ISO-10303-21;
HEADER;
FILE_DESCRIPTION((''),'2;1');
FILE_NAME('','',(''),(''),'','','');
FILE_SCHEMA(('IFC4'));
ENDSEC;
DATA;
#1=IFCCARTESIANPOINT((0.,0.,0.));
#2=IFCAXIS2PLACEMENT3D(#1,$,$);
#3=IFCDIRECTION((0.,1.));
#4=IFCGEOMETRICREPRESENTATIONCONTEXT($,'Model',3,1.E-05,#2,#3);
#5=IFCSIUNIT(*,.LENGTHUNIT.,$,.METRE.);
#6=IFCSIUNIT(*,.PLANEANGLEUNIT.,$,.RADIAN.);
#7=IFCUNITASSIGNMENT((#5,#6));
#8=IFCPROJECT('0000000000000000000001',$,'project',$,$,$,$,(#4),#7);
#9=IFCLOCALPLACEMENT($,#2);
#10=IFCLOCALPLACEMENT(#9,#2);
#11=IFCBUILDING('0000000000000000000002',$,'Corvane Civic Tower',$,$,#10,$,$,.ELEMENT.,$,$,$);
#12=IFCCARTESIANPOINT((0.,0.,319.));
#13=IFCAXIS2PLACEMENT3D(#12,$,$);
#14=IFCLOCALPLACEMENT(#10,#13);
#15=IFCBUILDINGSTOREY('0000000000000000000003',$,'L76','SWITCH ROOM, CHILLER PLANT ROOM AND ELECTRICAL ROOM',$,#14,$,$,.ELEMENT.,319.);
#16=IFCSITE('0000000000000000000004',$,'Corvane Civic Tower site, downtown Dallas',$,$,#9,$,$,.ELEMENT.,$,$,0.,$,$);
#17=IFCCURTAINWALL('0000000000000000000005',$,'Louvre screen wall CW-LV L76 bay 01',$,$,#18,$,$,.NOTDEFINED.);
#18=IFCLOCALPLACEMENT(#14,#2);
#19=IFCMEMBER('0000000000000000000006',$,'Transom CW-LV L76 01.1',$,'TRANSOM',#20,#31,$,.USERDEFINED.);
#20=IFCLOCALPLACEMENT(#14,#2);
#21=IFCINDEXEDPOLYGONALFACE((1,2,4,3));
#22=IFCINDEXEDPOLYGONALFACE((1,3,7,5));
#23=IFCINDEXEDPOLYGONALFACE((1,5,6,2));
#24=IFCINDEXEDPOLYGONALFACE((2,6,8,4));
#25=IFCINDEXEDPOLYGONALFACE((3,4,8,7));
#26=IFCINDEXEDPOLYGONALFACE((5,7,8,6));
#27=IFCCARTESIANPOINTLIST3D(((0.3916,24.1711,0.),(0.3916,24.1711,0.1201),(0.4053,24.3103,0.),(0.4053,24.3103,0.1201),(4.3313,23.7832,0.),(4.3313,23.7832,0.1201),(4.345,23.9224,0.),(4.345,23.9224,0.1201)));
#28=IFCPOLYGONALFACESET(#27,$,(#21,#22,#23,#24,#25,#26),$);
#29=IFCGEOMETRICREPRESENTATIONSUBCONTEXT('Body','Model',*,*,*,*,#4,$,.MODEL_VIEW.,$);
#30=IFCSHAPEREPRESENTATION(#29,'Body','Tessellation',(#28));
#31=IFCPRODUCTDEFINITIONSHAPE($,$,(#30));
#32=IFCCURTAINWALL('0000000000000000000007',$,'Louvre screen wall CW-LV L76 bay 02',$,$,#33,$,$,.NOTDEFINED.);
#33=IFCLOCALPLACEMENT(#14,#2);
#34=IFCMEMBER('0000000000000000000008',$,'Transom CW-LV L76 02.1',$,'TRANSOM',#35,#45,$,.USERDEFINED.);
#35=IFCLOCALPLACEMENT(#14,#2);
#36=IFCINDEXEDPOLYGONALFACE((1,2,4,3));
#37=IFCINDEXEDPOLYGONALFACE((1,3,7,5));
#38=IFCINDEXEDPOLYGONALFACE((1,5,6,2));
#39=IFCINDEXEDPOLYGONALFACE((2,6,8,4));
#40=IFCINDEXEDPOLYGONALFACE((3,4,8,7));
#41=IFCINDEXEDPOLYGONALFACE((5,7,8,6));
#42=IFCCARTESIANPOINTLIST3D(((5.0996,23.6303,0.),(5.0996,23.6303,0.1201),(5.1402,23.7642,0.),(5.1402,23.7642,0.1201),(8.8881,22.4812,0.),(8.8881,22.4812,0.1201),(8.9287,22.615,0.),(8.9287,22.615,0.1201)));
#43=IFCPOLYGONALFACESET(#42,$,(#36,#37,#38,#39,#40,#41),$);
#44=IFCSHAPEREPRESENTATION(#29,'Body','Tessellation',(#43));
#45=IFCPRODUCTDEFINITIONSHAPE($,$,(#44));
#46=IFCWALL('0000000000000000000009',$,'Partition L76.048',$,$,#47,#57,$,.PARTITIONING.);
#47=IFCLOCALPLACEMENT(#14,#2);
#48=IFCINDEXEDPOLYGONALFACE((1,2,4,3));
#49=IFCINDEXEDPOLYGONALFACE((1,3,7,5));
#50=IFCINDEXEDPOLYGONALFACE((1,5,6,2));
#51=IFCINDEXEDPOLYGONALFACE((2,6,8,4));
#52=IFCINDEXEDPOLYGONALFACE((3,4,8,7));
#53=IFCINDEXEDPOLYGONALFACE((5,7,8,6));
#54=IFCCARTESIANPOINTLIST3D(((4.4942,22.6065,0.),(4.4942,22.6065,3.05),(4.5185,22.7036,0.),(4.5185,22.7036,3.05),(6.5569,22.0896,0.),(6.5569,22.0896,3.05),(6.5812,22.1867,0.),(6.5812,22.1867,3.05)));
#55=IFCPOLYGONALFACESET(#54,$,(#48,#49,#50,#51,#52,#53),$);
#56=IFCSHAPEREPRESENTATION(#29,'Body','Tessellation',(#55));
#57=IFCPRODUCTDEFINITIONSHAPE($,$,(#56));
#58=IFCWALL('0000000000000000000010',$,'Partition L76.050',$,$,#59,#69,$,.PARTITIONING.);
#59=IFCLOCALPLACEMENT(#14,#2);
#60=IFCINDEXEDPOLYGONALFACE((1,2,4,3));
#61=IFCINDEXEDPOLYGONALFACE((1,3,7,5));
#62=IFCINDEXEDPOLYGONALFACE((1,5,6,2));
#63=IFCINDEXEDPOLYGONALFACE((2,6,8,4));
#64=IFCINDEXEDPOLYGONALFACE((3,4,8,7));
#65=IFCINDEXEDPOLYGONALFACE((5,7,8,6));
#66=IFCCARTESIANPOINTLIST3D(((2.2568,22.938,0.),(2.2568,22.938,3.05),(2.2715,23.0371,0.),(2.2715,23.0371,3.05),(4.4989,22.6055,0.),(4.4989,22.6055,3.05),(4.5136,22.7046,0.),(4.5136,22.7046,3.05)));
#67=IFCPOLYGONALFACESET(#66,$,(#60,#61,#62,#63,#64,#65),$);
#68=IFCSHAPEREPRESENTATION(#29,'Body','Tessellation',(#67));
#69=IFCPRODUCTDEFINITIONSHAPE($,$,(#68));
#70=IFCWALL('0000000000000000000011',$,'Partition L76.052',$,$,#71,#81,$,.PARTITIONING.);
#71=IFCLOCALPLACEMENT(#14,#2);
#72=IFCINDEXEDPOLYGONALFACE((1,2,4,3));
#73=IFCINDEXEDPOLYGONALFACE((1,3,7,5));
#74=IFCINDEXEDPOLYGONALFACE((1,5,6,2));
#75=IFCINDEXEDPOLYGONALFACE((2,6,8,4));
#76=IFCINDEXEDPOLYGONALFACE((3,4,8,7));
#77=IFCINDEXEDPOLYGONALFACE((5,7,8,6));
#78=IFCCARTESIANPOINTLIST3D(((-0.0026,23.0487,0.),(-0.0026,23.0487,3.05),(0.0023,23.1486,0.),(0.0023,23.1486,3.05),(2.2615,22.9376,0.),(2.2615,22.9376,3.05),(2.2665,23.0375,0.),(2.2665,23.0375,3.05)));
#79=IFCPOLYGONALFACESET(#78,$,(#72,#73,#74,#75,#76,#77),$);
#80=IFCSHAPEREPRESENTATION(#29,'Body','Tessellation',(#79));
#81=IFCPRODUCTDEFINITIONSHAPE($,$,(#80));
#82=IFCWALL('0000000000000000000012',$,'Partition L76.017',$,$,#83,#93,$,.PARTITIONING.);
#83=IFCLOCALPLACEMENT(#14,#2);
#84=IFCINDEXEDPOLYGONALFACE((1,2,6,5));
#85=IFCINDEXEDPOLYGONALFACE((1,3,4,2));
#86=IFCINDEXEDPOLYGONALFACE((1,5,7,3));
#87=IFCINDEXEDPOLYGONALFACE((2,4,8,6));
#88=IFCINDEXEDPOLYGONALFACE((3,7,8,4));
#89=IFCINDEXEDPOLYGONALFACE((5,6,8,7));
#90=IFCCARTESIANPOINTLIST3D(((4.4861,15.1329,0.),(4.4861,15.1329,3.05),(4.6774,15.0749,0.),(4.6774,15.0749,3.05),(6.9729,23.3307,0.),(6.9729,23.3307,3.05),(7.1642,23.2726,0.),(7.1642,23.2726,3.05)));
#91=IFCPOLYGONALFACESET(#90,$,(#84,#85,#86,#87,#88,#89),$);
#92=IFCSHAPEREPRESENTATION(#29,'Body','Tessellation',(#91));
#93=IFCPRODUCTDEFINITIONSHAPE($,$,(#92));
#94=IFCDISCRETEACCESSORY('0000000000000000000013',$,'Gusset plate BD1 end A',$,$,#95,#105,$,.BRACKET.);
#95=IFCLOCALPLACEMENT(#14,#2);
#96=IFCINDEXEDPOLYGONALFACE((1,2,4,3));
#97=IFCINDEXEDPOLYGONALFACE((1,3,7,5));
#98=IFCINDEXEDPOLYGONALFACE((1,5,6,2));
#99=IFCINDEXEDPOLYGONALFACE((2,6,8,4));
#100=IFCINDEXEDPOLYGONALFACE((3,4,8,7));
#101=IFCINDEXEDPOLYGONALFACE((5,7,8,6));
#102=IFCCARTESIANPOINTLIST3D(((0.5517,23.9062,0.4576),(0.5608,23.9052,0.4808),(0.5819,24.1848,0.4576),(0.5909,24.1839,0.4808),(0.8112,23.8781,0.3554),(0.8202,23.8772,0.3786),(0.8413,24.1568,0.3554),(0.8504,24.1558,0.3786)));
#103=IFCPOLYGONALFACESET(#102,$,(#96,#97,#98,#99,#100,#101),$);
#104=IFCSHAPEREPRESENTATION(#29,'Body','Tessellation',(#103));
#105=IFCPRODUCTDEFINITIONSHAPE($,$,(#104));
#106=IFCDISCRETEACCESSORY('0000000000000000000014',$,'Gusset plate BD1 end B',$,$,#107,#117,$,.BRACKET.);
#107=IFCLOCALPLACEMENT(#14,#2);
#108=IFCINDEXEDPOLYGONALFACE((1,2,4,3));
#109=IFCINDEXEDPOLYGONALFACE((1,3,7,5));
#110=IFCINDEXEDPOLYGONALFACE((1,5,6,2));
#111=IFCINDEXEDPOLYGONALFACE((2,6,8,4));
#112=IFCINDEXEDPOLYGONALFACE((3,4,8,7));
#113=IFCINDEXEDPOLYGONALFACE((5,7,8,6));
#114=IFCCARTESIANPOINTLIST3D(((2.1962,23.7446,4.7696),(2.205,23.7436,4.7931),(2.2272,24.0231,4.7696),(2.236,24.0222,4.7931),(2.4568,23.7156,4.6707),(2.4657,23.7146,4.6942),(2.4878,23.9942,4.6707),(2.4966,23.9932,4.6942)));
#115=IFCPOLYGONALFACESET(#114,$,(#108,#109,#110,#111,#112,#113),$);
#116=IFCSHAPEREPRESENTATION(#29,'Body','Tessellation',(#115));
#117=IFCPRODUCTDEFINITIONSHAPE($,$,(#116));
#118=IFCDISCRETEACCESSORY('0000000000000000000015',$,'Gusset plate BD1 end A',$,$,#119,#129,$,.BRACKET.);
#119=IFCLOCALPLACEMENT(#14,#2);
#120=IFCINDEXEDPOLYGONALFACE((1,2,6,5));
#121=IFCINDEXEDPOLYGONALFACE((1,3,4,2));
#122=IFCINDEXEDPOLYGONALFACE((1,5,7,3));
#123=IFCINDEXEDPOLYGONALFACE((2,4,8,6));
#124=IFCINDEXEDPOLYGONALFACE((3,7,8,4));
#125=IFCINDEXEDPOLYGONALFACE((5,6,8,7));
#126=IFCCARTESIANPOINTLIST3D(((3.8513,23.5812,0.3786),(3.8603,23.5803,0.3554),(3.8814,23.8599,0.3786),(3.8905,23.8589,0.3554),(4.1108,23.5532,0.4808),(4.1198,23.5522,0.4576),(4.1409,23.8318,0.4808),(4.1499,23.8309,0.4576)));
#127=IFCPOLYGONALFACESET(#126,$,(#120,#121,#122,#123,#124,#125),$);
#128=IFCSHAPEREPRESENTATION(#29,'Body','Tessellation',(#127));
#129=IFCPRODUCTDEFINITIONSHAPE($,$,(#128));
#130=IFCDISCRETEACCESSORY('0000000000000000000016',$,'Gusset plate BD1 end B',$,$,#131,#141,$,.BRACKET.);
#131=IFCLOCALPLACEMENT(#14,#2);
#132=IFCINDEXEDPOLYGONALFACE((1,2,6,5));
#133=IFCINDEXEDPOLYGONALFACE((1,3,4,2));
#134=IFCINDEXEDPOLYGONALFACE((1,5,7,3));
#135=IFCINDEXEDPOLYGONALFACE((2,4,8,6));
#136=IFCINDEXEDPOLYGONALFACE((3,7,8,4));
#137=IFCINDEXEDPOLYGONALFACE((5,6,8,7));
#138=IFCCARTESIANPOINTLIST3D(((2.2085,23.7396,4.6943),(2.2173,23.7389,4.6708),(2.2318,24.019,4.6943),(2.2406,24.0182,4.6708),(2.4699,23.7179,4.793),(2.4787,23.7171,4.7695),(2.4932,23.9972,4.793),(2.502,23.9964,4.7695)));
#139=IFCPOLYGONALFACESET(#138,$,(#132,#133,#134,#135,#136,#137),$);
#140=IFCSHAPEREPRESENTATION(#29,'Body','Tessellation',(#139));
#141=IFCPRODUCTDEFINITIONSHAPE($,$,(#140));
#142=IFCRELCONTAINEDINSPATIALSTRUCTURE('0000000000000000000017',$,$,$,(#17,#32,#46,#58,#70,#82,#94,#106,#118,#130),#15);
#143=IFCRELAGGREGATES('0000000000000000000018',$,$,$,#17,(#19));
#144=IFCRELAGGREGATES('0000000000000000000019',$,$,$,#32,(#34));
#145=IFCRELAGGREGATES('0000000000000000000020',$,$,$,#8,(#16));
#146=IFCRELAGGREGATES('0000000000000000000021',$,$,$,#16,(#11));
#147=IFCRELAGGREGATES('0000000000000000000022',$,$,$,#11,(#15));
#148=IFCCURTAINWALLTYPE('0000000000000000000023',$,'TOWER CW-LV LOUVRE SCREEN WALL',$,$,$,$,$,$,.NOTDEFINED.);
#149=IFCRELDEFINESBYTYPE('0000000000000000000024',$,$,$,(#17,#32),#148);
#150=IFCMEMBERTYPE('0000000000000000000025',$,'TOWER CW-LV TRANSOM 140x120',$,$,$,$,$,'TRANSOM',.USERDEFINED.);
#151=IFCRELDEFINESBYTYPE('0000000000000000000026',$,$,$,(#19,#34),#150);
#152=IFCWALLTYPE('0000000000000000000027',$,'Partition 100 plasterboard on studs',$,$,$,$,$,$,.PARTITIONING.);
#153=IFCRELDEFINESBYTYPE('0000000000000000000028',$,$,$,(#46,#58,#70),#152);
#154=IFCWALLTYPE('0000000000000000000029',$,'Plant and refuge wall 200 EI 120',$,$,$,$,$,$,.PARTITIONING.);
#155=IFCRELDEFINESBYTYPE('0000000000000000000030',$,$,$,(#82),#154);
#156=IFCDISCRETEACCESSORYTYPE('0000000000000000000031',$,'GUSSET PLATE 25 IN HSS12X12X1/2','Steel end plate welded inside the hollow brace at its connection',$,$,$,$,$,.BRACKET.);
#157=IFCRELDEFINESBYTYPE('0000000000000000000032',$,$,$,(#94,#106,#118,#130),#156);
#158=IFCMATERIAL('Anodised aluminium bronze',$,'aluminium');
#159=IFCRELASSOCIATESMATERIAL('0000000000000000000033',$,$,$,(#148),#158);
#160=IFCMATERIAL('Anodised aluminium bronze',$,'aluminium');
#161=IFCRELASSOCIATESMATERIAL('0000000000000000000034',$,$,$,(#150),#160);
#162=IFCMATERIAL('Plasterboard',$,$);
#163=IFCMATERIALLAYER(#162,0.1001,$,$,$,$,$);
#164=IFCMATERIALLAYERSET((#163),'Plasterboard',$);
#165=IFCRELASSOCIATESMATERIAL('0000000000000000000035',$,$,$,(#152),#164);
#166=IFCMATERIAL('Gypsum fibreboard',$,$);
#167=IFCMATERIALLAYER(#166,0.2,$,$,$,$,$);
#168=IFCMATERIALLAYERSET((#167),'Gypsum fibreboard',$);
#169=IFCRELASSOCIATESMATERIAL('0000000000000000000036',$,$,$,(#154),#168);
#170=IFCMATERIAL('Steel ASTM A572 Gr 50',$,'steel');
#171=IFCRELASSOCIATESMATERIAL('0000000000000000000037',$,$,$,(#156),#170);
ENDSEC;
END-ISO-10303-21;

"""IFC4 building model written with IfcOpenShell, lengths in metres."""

from ifc_helpers import new_model, si_unit, direction, frame, frame_2d, origin, origin_2d, place, context, subcontext, project, spatial, rectangle, extrude, material, layer, layer_set, material_profile, profile_set, type_object, element, aggregate, save


model = new_model("IFC4")

# Units and contexts
model_context = context("Model", 3, precision=1e-05, world=origin(), true_north=direction((0.0, 1.0)))
body_context = subcontext(model_context, "Body", "Model", "MODEL_VIEW")
ifc_project = project(units=[si_unit("LENGTHUNIT", "METRE"), si_unit("PLANEANGLEUNIT", "RADIAN")], contexts=[model_context])

# Site, building, storey
site_placement = place(None, origin())
site = spatial("IfcSite", under=ifc_project, at=site_placement, Name="Corvane Civic Tower site, downtown Dallas", CompositionType="ELEMENT", RefElevation=0.0)
building_placement = place(site_placement, origin())
building = spatial("IfcBuilding", under=site, at=building_placement, Name="Corvane Civic Tower", CompositionType="ELEMENT")
storey_placement = place(building_placement, frame((0.0, 0.0, 319.0)))
storey = spatial("IfcBuildingStorey", under=building, at=storey_placement, Name="L76", Description="SWITCH ROOM, CHILLER PLANT ROOM AND ELECTRICAL ROOM", CompositionType="ELEMENT", Elevation=319.0)

# Curtain walls, members
ifc_material_1 = material(Name="Anodised aluminium bronze", Category="aluminium")
curtain_wall_type = type_object("IfcCurtainWallType", Name="TOWER CW-LV LOUVRE SCREEN WALL", PredefinedType="NOTDEFINED", material=ifc_material_1)
curtain_wall_1_placement = place(storey_placement, origin())
curtain_wall_1 = element("IfcCurtainWall", 1, at=curtain_wall_1_placement, inside=storey, type_object=curtain_wall_type, Name="Louvre screen wall CW-LV L76 bay 01", PredefinedType="NOTDEFINED")
ifc_material_2 = material(Name="Anodised aluminium bronze", Category="aluminium")
ifc_material_profile_1 = material_profile(ifc_material_2, rectangle(XDim=0.1399, YDim=0.1201, at=origin_2d()), Name="TOWER CW-LV TRANSOM 140x120")
ifc_profile_set_1 = profile_set([ifc_material_profile_1], Name="Anodised aluminium bronze")
member_type_1 = type_object("IfcMemberType", Name="TOWER CW-LV TRANSOM 140x120", ElementType="TRANSOM", PredefinedType="USERDEFINED", material=ifc_profile_set_1)
member_1_placement = place(storey_placement, frame((0.3984, 24.2407, 0.0601), z_axis=(0.995187, -0.097995, 0.0), x_axis=(0.097995, 0.995187, 0.0)))
member_1 = element("IfcMember", 2, at=member_1_placement, type_object=member_type_1, Name="Transom CW-LV L76 01.1", ObjectType="TRANSOM", PredefinedType="USERDEFINED", context=body_context, shape_type="SweptSolid", body=[
    extrude(rectangle(XDim=0.1399, YDim=0.1201, at=origin_2d()), origin(), (0.0, 0.0, 1.0), 3.9587),
])
curtain_wall_2_placement = place(storey_placement, origin())
curtain_wall_2 = element("IfcCurtainWall", 3, at=curtain_wall_2_placement, inside=storey, type_object=curtain_wall_type, Name="Louvre screen wall CW-LV L76 bay 02", PredefinedType="NOTDEFINED")
member_2_placement = place(storey_placement, frame((5.1199, 23.6973, 0.0601), z_axis=(0.956946, -0.290266, 0.0), x_axis=(0.290266, 0.956946, 0.0)))
member_2 = element("IfcMember", 4, at=member_2_placement, type_object=member_type_1, Name="Transom CW-LV L76 02.1", ObjectType="TRANSOM", PredefinedType="USERDEFINED", context=body_context, shape_type="SweptSolid", body=[
    extrude(rectangle(XDim=0.1399, YDim=0.1201, at=origin_2d()), origin(), (0.0, 0.0, 1.0), 3.959),
])

# Walls
ifc_material_3 = material(Name="Plasterboard")
ifc_layer_1 = layer(ifc_material_3, 0.1001)
ifc_layer_set_1 = layer_set([ifc_layer_1], Name="Plasterboard")
wall_type_1 = type_object("IfcWallType", Name="Partition 100 plasterboard on studs", PredefinedType="PARTITIONING", material=ifc_layer_set_1)
wall_1_placement = place(storey_placement, frame((4.5063, 22.655, 0.0), z_axis=(0.0, 0.0, 1.0), x_axis=(0.970014, -0.243049, 0.0)))
element("IfcWall", 5, at=wall_1_placement, inside=storey, type_object=wall_type_1, Name="Partition L76.048", PredefinedType="PARTITIONING", context=body_context, shape_type="SweptSolid", body=[
    extrude(rectangle(XDim=2.1265, YDim=0.1001, at=frame_2d((1.0632, 0.0))), origin(), (0.0, 0.0, 1.0), 3.05),
])
wall_2_placement = place(storey_placement, frame((2.2642, 22.9875, 0.0), z_axis=(0.0, 0.0, 1.0), x_axis=(0.989181, -0.146697, 0.0)))
element("IfcWall", 6, at=wall_2_placement, inside=storey, type_object=wall_type_1, Name="Partition L76.050", PredefinedType="PARTITIONING", context=body_context, shape_type="SweptSolid", body=[
    extrude(rectangle(XDim=2.2666, YDim=0.1001, at=frame_2d((1.1333, 0.0))), origin(), (0.0, 0.0, 1.0), 3.05),
])
wall_3_placement = place(storey_placement, frame((0.0, 23.0986, 0.0), z_axis=(0.0, 0.0, 1.0), x_axis=(0.998799, -0.049003, 0.0)))
element("IfcWall", 7, at=wall_3_placement, inside=storey, type_object=wall_type_1, Name="Partition L76.052", PredefinedType="PARTITIONING", context=body_context, shape_type="SweptSolid", body=[
    extrude(rectangle(XDim=2.2668, YDim=0.1001, at=frame_2d((1.1333, 0.0))), origin(), (0.0, 0.0, 1.0), 3.05),
])
ifc_material_4 = material(Name="Gypsum fibreboard")
ifc_layer_2 = layer(ifc_material_4, 0.2)
ifc_layer_set_2 = layer_set([ifc_layer_2], Name="Gypsum fibreboard")
wall_type_2 = type_object("IfcWallType", Name="Plant and refuge wall 200 EI 120", PredefinedType="PARTITIONING", material=ifc_layer_set_2)
wall_4_placement = place(storey_placement, frame((4.5818, 15.104, 0.0), z_axis=(0.0, 0.0, 1.0), x_axis=(0.290291, 0.956939, 0.0)))
element("IfcWall", 8, at=wall_4_placement, inside=storey, type_object=wall_type_2, Name="Partition L76.017", PredefinedType="PARTITIONING", context=body_context, shape_type="SweptSolid", body=[
    extrude(rectangle(XDim=8.5667, YDim=0.2, at=frame_2d((4.2832, 0.0))), origin(), (0.0, 0.0, 1.0), 3.05),
])

aggregate(curtain_wall_1, [member_1])
aggregate(curtain_wall_2, [member_2])

# Discrete accessories
ifc_material_5 = material(Name="Steel ASTM A572 Gr 50", Category="steel")
ifc_material_profile_2 = material_profile(ifc_material_5, rectangle(XDim=0.2803, YDim=0.2803, at=origin_2d()), Name="GUSSET PLATE 25 IN HSS12X12X1/2")
ifc_profile_set_2 = profile_set([ifc_material_profile_2], Name="Steel ASTM A572 Gr 50")
discrete_accessory_type = type_object("IfcDiscreteAccessoryType", Name="GUSSET PLATE 25 IN HSS12X12X1/2", Description="Steel end plate welded inside the hollow brace at its connection", PredefinedType="BRACKET", material=ifc_profile_set_2)
discrete_accessory_1_placement = place(storey_placement, frame((0.6965, 24.0315, 0.4065), z_axis=(0.362641, -0.039204, 0.931104), x_axis=(0.107482, 0.994207, 0.0)))
element("IfcDiscreteAccessory", 9, at=discrete_accessory_1_placement, inside=storey, type_object=discrete_accessory_type, Name="Gusset plate BD1 end A", PredefinedType="BRACKET", context=body_context, shape_type="SweptSolid", body=[
    extrude(rectangle(XDim=0.2803, YDim=0.2803, at=origin_2d()), origin(), (0.0, 0.0, 1.0), 0.0249),
])
discrete_accessory_2_placement = place(storey_placement, frame((2.3508, 23.8684, 4.7437), z_axis=(-0.350857, 0.038984, -0.935617), x_axis=(-0.110432, -0.993884, 0.0)))
element("IfcDiscreteAccessory", 10, at=discrete_accessory_2_placement, inside=storey, type_object=discrete_accessory_type, Name="Gusset plate BD1 end B", PredefinedType="BRACKET", context=body_context, shape_type="SweptSolid", body=[
    extrude(rectangle(XDim=0.2803, YDim=0.2803, at=origin_2d()), origin(), (0.0, 0.0, 1.0), 0.0251),
])
discrete_accessory_3_placement = place(storey_placement, frame((4.0051, 23.7056, 0.4065), z_axis=(-0.362641, 0.039204, 0.931104), x_axis=(-0.107482, -0.994207, 0.0)))
element("IfcDiscreteAccessory", 11, at=discrete_accessory_3_placement, inside=storey, type_object=discrete_accessory_type, Name="Gusset plate BD1 end A", PredefinedType="BRACKET", context=body_context, shape_type="SweptSolid", body=[
    extrude(rectangle(XDim=0.2803, YDim=0.2803, at=origin_2d()), origin(), (0.0, 0.0, 1.0), 0.0249),
])
discrete_accessory_4_placement = place(storey_placement, frame((2.3508, 23.8684, 4.7437), z_axis=(0.350973, -0.029248, -0.935929), x_axis=(0.083045, 0.996546, 0.0)))
element("IfcDiscreteAccessory", 12, at=discrete_accessory_4_placement, inside=storey, type_object=discrete_accessory_type, Name="Gusset plate BD1 end B", PredefinedType="BRACKET", context=body_context, shape_type="SweptSolid", body=[
    extrude(rectangle(XDim=0.2803, YDim=0.2803, at=origin_2d()), origin(), (0.0, 0.0, 1.0), 0.0251),
])

save(model, "model.ifc")
